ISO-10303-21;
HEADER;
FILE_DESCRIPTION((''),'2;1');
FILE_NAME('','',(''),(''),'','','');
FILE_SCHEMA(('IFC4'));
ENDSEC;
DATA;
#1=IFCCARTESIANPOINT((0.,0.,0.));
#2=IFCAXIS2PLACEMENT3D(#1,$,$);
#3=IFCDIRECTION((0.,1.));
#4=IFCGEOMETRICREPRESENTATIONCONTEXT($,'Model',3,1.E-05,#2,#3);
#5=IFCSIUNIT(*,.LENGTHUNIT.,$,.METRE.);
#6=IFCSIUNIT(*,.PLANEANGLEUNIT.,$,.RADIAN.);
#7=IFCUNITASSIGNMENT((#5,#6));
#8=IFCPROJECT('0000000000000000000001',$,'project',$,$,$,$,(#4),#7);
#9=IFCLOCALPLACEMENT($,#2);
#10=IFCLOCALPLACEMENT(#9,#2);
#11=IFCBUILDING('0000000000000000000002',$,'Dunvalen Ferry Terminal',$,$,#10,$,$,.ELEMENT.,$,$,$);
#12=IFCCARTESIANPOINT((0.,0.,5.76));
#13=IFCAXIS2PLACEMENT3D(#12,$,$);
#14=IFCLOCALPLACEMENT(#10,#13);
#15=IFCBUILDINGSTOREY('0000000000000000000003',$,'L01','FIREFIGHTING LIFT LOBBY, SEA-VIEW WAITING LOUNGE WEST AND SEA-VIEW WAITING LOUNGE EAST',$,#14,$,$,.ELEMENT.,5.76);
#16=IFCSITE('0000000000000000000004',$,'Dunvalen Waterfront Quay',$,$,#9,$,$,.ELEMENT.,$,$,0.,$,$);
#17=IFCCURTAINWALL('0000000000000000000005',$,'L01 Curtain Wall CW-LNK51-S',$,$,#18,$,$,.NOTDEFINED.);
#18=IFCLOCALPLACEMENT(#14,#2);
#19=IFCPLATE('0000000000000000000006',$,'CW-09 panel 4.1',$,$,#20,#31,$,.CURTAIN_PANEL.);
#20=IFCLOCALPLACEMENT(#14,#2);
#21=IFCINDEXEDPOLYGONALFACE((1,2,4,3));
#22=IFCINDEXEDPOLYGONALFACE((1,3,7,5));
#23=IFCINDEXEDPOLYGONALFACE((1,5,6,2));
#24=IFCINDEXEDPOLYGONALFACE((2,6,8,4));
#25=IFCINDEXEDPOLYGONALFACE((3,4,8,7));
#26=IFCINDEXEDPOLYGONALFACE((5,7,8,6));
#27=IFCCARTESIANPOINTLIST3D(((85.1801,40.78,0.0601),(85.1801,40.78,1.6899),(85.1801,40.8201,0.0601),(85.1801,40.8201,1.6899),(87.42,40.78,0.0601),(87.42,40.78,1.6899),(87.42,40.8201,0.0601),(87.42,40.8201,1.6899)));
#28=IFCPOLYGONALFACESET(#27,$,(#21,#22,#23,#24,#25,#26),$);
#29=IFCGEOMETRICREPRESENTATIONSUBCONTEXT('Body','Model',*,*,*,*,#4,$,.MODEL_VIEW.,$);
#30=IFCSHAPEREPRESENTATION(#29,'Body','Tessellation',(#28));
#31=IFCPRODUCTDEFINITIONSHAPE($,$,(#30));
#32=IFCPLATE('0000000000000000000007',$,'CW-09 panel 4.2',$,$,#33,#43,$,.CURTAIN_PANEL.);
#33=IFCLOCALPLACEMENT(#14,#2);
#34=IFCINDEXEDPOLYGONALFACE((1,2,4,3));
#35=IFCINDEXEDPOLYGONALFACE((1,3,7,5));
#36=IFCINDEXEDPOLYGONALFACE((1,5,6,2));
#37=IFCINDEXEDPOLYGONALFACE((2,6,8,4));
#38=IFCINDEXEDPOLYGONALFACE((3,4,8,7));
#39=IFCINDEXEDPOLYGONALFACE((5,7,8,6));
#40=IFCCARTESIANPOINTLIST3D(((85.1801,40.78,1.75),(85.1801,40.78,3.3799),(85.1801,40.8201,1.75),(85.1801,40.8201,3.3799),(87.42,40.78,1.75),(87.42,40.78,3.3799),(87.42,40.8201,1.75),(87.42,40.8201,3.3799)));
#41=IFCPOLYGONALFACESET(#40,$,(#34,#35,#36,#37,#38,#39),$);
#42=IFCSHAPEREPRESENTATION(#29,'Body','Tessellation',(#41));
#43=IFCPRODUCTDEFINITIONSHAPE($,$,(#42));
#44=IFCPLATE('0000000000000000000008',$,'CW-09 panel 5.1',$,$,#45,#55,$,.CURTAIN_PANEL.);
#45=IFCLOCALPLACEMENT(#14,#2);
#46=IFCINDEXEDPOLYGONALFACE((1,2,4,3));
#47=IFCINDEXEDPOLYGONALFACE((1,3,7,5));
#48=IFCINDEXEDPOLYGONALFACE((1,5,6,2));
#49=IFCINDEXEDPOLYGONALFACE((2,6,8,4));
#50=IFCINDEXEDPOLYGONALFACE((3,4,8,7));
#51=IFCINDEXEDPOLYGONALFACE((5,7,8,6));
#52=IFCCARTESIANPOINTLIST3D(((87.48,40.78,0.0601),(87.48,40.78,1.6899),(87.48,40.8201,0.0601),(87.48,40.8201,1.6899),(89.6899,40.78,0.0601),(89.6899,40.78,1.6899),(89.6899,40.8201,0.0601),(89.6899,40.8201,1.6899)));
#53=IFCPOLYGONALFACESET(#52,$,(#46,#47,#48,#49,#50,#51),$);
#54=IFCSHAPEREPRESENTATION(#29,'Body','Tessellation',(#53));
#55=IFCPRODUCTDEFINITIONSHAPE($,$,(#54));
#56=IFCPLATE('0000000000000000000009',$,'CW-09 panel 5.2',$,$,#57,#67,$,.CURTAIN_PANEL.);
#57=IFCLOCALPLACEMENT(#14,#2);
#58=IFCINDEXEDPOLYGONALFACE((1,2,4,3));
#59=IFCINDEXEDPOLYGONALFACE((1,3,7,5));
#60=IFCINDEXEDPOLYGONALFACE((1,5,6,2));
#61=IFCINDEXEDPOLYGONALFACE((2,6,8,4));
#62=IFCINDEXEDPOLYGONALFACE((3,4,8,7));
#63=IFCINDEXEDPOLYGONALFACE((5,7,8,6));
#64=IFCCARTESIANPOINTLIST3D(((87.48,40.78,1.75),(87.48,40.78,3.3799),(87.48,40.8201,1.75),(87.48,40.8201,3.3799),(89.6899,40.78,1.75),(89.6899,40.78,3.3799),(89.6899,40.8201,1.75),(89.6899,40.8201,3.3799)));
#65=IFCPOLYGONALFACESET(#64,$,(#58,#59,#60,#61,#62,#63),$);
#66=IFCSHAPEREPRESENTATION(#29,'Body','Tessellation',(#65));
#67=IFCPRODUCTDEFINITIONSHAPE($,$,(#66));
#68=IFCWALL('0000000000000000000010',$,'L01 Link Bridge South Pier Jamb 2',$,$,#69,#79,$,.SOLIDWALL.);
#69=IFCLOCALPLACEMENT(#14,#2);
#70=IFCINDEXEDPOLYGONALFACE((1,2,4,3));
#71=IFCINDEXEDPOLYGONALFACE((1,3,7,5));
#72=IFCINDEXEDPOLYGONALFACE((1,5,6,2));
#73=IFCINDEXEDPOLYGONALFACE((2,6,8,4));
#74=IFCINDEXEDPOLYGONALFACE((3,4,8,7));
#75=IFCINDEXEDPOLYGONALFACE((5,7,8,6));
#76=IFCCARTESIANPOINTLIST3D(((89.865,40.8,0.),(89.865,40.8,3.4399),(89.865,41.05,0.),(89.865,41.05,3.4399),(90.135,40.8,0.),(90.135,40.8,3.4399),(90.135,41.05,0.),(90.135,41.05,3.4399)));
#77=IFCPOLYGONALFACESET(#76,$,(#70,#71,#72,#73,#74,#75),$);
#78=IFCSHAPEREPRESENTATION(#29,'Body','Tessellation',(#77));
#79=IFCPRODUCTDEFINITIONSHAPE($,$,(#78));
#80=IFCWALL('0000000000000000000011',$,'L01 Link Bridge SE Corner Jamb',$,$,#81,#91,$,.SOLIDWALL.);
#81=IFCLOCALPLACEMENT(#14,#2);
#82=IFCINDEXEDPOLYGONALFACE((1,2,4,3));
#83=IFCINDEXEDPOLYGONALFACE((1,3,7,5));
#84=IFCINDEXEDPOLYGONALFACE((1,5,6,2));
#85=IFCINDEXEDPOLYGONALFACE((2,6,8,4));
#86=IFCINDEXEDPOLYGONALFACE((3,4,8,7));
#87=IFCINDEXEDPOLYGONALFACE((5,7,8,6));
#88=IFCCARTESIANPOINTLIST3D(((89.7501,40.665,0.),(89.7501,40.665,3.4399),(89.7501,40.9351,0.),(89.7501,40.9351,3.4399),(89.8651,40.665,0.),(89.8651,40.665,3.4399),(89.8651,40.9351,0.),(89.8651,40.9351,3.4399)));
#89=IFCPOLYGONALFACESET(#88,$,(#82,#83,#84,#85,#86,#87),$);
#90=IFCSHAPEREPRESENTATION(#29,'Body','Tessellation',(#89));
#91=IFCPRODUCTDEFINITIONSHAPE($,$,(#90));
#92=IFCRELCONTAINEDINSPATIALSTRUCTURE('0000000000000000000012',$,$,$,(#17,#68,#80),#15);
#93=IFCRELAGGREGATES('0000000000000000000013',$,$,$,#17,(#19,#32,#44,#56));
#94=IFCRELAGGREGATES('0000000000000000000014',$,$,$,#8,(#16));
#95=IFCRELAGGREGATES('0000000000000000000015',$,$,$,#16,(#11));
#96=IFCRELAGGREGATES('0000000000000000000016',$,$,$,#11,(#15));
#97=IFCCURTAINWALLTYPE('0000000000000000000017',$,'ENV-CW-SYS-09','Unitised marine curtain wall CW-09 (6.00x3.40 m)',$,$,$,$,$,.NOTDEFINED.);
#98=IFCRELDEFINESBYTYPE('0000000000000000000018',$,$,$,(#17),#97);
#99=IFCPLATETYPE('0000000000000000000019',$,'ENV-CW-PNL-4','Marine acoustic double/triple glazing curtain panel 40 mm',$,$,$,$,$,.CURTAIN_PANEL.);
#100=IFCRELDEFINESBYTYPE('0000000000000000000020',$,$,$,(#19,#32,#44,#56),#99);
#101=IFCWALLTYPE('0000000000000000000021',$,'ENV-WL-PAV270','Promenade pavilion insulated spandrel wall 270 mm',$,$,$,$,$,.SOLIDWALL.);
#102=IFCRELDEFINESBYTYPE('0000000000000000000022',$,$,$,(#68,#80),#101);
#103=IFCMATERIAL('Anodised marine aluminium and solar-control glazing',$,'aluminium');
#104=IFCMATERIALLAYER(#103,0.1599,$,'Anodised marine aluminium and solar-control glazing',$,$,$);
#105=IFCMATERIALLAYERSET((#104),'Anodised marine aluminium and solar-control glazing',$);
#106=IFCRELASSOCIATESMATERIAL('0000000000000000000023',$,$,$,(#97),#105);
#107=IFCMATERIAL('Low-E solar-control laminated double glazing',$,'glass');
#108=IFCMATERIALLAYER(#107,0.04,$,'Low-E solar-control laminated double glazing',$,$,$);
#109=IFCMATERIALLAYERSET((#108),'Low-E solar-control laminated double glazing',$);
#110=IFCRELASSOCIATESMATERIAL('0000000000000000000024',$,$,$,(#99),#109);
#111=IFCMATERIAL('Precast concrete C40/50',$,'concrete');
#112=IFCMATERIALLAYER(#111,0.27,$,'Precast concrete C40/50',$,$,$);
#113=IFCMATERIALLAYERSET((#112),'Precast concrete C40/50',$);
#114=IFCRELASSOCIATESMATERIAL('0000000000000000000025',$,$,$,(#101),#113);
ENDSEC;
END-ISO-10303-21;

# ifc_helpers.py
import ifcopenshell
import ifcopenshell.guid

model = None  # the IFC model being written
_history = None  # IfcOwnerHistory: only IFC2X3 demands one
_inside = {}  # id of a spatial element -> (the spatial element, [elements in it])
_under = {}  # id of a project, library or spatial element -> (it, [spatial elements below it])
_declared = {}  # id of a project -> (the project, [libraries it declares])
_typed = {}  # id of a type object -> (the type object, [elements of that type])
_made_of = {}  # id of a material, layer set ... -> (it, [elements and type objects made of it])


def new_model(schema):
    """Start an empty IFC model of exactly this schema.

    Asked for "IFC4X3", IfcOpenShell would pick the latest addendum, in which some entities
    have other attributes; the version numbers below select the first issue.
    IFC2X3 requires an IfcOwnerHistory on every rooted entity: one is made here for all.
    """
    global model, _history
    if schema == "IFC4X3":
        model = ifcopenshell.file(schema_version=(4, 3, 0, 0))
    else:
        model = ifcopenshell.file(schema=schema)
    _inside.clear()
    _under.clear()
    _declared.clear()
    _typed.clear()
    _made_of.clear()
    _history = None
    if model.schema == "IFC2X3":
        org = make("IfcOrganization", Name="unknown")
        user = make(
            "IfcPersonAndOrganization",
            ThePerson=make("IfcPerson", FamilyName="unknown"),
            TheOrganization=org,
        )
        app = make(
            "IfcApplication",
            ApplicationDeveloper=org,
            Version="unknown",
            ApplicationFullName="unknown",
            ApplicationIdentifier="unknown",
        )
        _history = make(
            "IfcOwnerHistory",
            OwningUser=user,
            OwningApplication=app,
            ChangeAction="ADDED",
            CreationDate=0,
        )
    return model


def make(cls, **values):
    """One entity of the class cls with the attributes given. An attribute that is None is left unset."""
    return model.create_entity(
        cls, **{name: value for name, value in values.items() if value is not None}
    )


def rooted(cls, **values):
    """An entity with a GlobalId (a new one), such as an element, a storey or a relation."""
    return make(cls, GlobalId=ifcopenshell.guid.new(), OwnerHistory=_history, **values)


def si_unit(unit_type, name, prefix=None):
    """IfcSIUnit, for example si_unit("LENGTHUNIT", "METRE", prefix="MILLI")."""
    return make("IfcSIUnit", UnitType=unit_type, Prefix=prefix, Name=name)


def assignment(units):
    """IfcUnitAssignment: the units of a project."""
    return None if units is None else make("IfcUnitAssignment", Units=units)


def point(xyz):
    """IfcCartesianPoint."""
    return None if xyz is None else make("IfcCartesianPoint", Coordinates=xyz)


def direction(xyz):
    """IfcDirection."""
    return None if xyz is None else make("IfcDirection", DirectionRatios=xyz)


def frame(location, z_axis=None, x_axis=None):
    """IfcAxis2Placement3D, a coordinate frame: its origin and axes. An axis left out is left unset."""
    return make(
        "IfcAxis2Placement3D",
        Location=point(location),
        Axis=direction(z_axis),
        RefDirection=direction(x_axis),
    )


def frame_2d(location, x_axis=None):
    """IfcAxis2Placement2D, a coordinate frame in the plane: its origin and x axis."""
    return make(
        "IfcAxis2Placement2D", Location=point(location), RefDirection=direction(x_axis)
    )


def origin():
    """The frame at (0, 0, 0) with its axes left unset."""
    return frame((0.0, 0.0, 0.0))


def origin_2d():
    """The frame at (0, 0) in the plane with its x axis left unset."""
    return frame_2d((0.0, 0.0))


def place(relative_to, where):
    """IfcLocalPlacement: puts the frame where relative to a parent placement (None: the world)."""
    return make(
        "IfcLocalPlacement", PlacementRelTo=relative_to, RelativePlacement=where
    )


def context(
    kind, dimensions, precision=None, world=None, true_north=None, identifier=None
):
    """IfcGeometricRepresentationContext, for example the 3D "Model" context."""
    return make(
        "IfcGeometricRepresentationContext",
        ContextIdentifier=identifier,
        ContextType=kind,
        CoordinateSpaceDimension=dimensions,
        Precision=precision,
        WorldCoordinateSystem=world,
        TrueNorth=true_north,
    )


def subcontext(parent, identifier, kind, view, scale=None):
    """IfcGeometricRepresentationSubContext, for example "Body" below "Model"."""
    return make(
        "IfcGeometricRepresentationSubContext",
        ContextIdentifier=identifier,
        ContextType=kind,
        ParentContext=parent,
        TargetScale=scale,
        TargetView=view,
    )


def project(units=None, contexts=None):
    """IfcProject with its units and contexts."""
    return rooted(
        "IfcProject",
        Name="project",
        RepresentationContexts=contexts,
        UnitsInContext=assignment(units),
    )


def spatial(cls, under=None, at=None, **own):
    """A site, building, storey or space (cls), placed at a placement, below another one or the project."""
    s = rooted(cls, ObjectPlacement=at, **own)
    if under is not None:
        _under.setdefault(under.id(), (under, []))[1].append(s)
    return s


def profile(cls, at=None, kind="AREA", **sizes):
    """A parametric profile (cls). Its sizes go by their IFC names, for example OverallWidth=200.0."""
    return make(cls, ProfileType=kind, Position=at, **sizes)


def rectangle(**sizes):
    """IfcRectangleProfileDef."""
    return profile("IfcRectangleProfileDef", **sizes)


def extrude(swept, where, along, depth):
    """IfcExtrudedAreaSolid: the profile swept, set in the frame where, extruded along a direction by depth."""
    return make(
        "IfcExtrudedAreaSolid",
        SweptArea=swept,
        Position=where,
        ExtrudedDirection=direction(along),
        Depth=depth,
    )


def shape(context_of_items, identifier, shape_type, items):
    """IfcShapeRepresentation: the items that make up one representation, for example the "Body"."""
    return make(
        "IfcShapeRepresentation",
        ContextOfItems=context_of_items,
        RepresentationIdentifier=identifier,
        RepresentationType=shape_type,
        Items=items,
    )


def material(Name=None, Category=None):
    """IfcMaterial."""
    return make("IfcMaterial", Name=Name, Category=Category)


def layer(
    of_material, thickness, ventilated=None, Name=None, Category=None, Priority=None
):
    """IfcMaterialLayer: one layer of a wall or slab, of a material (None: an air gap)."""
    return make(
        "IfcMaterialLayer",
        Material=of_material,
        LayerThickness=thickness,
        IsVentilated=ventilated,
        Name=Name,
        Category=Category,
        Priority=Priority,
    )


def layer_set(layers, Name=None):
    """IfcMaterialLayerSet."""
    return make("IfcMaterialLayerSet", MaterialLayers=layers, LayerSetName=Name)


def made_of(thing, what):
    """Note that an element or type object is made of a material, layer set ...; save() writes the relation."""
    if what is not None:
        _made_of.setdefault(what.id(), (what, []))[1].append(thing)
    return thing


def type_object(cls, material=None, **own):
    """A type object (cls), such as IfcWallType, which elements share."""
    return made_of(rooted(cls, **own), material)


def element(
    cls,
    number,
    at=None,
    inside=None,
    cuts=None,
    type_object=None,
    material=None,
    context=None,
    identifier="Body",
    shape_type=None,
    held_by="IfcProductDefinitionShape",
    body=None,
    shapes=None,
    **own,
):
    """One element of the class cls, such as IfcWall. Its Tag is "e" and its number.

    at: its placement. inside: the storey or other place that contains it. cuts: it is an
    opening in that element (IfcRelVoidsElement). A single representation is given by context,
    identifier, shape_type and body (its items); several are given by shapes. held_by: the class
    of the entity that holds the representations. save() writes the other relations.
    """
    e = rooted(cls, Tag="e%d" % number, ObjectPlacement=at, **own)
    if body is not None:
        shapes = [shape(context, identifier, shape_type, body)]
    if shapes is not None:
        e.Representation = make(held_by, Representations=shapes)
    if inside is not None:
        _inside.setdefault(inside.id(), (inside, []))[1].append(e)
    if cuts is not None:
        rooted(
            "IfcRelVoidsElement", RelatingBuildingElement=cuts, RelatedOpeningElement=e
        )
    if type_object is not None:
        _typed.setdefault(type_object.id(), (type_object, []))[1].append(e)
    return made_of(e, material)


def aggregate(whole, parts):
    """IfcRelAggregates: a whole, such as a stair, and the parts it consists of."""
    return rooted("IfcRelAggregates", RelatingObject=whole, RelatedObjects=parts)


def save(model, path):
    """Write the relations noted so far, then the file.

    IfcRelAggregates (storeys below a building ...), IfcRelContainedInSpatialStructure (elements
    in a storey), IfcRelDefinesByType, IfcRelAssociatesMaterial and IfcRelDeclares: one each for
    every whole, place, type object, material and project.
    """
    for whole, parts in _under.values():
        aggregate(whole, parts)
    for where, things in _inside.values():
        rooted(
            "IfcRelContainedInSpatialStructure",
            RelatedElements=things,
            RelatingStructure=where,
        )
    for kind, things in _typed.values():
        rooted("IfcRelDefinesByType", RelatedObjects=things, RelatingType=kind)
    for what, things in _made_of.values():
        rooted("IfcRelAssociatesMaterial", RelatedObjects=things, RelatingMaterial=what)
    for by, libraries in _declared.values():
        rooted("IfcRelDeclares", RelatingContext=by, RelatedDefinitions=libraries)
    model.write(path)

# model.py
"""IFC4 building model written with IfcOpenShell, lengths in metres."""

from ifc_helpers import new_model, si_unit, direction, frame, frame_2d, origin, origin_2d, place, context, subcontext, project, spatial, rectangle, extrude, material, layer, layer_set, type_object, element, aggregate, save


model = new_model("IFC4")

# Units and contexts
model_context = context("Model", 3, precision=1e-05, world=origin(), true_north=direction((0.0, 1.0)))
body_context = subcontext(model_context, "Body", "Model", "MODEL_VIEW")
ifc_project = project(units=[si_unit("LENGTHUNIT", "METRE"), si_unit("PLANEANGLEUNIT", "RADIAN")], contexts=[model_context])

# Site, building, storey
site_placement = place(None, origin())
site = spatial("IfcSite", under=ifc_project, at=site_placement, Name="Dunvalen Waterfront Quay", CompositionType="ELEMENT", RefElevation=0.0)
building_placement = place(site_placement, origin())
building = spatial("IfcBuilding", under=site, at=building_placement, Name="Dunvalen Ferry Terminal", CompositionType="ELEMENT")
storey_placement = place(building_placement, frame((0.0, 0.0, 5.76)))
storey = spatial("IfcBuildingStorey", under=building, at=storey_placement, Name="L01", Description="FIREFIGHTING LIFT LOBBY, SEA-VIEW WAITING LOUNGE WEST AND SEA-VIEW WAITING LOUNGE EAST", CompositionType="ELEMENT", Elevation=5.76)

# Shared definitions
ifc_material_1 = material(Name="Anodised marine aluminium and solar-control glazing", Category="aluminium")

# Curtain wall
ifc_layer_1 = layer(ifc_material_1, 0.1599, Name="Anodised marine aluminium and solar-control glazing")
ifc_layer_set_1 = layer_set([ifc_layer_1], Name="Anodised marine aluminium and solar-control glazing")
curtain_wall_type_1 = type_object("IfcCurtainWallType", Name="ENV-CW-SYS-09", Description="Unitised marine curtain wall CW-09 (6.00x3.40 m)", PredefinedType="NOTDEFINED", material=ifc_layer_set_1)
curtain_wall_1_placement = place(storey_placement, origin())
curtain_wall_1 = element("IfcCurtainWall", 1, at=curtain_wall_1_placement, inside=storey, type_object=curtain_wall_type_1, Name="L01 Curtain Wall CW-LNK51-S", PredefinedType="NOTDEFINED")

# Plates
ifc_material_2 = material(Name="Low-E solar-control laminated double glazing", Category="glass")
ifc_layer_2 = layer(ifc_material_2, 0.04, Name="Low-E solar-control laminated double glazing")
ifc_layer_set_2 = layer_set([ifc_layer_2], Name="Low-E solar-control laminated double glazing")
plate_type = type_object("IfcPlateType", Name="ENV-CW-PNL-4", Description="Marine acoustic double/triple glazing curtain panel 40 mm", PredefinedType="CURTAIN_PANEL", material=ifc_layer_set_2)
plate_1_placement = place(storey_placement, frame((86.3, 40.8, 0.0601), z_axis=(0.0, 0.0, 1.0), x_axis=(1.0, 0.0, 0.0)))
plate_1 = element("IfcPlate", 2, at=plate_1_placement, type_object=plate_type, Name="CW-09 panel 4.1", PredefinedType="CURTAIN_PANEL", context=body_context, shape_type="SweptSolid", body=[
    extrude(rectangle(XDim=2.24, YDim=0.04, at=origin_2d()), origin(), (0.0, 0.0, 1.0), 1.6299),
])
plate_2_placement = place(storey_placement, frame((86.3, 40.8, 1.75), z_axis=(0.0, 0.0, 1.0), x_axis=(1.0, 0.0, 0.0)))
plate_2 = element("IfcPlate", 3, at=plate_2_placement, type_object=plate_type, Name="CW-09 panel 4.2", PredefinedType="CURTAIN_PANEL", context=body_context, shape_type="SweptSolid", body=[
    extrude(rectangle(XDim=2.24, YDim=0.04, at=origin_2d()), origin(), (0.0, 0.0, 1.0), 1.6299),
])
plate_3_placement = place(storey_placement, frame((88.585, 40.8, 0.0601), z_axis=(0.0, 0.0, 1.0), x_axis=(1.0, 0.0, 0.0)))
plate_3 = element("IfcPlate", 4, at=plate_3_placement, type_object=plate_type, Name="CW-09 panel 5.1", PredefinedType="CURTAIN_PANEL", context=body_context, shape_type="SweptSolid", body=[
    extrude(rectangle(XDim=2.21, YDim=0.04, at=origin_2d()), origin(), (0.0, 0.0, 1.0), 1.6299),
])
plate_4_placement = place(storey_placement, frame((88.585, 40.8, 1.75), z_axis=(0.0, 0.0, 1.0), x_axis=(1.0, 0.0, 0.0)))
plate_4 = element("IfcPlate", 5, at=plate_4_placement, type_object=plate_type, Name="CW-09 panel 5.2", PredefinedType="CURTAIN_PANEL", context=body_context, shape_type="SweptSolid", body=[
    extrude(rectangle(XDim=2.21, YDim=0.04, at=origin_2d()), origin(), (0.0, 0.0, 1.0), 1.6299),
])
aggregate(curtain_wall_1, [plate_1, plate_2, plate_3, plate_4])

# Walls
ifc_material_3 = material(Name="Precast concrete C40/50", Category="concrete")
ifc_layer_3 = layer(ifc_material_3, 0.27, Name="Precast concrete C40/50")
ifc_layer_set_3 = layer_set([ifc_layer_3], Name="Precast concrete C40/50")
wall_type = type_object("IfcWallType", Name="ENV-WL-PAV270", Description="Promenade pavilion insulated spandrel wall 270 mm", PredefinedType="SOLIDWALL", material=ifc_layer_set_3)
wall_1_placement = place(storey_placement, frame((90.0, 40.8, 0.0), z_axis=(0.0, 0.0, 1.0), x_axis=(0.0, 1.0, 0.0)))
element("IfcWall", 6, at=wall_1_placement, inside=storey, type_object=wall_type, Name="L01 Link Bridge South Pier Jamb 2", PredefinedType="SOLIDWALL", context=body_context, shape_type="SweptSolid", body=[
    extrude(rectangle(XDim=0.25, YDim=0.27, at=frame_2d((0.125, 0.0))), origin(), (0.0, 0.0, 1.0), 3.4399),
])
wall_2_placement = place(storey_placement, frame((89.75, 40.8, 0.0), z_axis=(0.0, 0.0, 1.0), x_axis=(1.0, 0.0, 0.0)))
element("IfcWall", 7, at=wall_2_placement, inside=storey, type_object=wall_type, Name="L01 Link Bridge SE Corner Jamb", PredefinedType="SOLIDWALL", context=body_context, shape_type="SweptSolid", body=[
    extrude(rectangle(XDim=0.115, YDim=0.27, at=frame_2d((0.0576, 0.0))), origin(), (0.0, 0.0, 1.0), 3.4399),
])

save(model, "model.ifc")
